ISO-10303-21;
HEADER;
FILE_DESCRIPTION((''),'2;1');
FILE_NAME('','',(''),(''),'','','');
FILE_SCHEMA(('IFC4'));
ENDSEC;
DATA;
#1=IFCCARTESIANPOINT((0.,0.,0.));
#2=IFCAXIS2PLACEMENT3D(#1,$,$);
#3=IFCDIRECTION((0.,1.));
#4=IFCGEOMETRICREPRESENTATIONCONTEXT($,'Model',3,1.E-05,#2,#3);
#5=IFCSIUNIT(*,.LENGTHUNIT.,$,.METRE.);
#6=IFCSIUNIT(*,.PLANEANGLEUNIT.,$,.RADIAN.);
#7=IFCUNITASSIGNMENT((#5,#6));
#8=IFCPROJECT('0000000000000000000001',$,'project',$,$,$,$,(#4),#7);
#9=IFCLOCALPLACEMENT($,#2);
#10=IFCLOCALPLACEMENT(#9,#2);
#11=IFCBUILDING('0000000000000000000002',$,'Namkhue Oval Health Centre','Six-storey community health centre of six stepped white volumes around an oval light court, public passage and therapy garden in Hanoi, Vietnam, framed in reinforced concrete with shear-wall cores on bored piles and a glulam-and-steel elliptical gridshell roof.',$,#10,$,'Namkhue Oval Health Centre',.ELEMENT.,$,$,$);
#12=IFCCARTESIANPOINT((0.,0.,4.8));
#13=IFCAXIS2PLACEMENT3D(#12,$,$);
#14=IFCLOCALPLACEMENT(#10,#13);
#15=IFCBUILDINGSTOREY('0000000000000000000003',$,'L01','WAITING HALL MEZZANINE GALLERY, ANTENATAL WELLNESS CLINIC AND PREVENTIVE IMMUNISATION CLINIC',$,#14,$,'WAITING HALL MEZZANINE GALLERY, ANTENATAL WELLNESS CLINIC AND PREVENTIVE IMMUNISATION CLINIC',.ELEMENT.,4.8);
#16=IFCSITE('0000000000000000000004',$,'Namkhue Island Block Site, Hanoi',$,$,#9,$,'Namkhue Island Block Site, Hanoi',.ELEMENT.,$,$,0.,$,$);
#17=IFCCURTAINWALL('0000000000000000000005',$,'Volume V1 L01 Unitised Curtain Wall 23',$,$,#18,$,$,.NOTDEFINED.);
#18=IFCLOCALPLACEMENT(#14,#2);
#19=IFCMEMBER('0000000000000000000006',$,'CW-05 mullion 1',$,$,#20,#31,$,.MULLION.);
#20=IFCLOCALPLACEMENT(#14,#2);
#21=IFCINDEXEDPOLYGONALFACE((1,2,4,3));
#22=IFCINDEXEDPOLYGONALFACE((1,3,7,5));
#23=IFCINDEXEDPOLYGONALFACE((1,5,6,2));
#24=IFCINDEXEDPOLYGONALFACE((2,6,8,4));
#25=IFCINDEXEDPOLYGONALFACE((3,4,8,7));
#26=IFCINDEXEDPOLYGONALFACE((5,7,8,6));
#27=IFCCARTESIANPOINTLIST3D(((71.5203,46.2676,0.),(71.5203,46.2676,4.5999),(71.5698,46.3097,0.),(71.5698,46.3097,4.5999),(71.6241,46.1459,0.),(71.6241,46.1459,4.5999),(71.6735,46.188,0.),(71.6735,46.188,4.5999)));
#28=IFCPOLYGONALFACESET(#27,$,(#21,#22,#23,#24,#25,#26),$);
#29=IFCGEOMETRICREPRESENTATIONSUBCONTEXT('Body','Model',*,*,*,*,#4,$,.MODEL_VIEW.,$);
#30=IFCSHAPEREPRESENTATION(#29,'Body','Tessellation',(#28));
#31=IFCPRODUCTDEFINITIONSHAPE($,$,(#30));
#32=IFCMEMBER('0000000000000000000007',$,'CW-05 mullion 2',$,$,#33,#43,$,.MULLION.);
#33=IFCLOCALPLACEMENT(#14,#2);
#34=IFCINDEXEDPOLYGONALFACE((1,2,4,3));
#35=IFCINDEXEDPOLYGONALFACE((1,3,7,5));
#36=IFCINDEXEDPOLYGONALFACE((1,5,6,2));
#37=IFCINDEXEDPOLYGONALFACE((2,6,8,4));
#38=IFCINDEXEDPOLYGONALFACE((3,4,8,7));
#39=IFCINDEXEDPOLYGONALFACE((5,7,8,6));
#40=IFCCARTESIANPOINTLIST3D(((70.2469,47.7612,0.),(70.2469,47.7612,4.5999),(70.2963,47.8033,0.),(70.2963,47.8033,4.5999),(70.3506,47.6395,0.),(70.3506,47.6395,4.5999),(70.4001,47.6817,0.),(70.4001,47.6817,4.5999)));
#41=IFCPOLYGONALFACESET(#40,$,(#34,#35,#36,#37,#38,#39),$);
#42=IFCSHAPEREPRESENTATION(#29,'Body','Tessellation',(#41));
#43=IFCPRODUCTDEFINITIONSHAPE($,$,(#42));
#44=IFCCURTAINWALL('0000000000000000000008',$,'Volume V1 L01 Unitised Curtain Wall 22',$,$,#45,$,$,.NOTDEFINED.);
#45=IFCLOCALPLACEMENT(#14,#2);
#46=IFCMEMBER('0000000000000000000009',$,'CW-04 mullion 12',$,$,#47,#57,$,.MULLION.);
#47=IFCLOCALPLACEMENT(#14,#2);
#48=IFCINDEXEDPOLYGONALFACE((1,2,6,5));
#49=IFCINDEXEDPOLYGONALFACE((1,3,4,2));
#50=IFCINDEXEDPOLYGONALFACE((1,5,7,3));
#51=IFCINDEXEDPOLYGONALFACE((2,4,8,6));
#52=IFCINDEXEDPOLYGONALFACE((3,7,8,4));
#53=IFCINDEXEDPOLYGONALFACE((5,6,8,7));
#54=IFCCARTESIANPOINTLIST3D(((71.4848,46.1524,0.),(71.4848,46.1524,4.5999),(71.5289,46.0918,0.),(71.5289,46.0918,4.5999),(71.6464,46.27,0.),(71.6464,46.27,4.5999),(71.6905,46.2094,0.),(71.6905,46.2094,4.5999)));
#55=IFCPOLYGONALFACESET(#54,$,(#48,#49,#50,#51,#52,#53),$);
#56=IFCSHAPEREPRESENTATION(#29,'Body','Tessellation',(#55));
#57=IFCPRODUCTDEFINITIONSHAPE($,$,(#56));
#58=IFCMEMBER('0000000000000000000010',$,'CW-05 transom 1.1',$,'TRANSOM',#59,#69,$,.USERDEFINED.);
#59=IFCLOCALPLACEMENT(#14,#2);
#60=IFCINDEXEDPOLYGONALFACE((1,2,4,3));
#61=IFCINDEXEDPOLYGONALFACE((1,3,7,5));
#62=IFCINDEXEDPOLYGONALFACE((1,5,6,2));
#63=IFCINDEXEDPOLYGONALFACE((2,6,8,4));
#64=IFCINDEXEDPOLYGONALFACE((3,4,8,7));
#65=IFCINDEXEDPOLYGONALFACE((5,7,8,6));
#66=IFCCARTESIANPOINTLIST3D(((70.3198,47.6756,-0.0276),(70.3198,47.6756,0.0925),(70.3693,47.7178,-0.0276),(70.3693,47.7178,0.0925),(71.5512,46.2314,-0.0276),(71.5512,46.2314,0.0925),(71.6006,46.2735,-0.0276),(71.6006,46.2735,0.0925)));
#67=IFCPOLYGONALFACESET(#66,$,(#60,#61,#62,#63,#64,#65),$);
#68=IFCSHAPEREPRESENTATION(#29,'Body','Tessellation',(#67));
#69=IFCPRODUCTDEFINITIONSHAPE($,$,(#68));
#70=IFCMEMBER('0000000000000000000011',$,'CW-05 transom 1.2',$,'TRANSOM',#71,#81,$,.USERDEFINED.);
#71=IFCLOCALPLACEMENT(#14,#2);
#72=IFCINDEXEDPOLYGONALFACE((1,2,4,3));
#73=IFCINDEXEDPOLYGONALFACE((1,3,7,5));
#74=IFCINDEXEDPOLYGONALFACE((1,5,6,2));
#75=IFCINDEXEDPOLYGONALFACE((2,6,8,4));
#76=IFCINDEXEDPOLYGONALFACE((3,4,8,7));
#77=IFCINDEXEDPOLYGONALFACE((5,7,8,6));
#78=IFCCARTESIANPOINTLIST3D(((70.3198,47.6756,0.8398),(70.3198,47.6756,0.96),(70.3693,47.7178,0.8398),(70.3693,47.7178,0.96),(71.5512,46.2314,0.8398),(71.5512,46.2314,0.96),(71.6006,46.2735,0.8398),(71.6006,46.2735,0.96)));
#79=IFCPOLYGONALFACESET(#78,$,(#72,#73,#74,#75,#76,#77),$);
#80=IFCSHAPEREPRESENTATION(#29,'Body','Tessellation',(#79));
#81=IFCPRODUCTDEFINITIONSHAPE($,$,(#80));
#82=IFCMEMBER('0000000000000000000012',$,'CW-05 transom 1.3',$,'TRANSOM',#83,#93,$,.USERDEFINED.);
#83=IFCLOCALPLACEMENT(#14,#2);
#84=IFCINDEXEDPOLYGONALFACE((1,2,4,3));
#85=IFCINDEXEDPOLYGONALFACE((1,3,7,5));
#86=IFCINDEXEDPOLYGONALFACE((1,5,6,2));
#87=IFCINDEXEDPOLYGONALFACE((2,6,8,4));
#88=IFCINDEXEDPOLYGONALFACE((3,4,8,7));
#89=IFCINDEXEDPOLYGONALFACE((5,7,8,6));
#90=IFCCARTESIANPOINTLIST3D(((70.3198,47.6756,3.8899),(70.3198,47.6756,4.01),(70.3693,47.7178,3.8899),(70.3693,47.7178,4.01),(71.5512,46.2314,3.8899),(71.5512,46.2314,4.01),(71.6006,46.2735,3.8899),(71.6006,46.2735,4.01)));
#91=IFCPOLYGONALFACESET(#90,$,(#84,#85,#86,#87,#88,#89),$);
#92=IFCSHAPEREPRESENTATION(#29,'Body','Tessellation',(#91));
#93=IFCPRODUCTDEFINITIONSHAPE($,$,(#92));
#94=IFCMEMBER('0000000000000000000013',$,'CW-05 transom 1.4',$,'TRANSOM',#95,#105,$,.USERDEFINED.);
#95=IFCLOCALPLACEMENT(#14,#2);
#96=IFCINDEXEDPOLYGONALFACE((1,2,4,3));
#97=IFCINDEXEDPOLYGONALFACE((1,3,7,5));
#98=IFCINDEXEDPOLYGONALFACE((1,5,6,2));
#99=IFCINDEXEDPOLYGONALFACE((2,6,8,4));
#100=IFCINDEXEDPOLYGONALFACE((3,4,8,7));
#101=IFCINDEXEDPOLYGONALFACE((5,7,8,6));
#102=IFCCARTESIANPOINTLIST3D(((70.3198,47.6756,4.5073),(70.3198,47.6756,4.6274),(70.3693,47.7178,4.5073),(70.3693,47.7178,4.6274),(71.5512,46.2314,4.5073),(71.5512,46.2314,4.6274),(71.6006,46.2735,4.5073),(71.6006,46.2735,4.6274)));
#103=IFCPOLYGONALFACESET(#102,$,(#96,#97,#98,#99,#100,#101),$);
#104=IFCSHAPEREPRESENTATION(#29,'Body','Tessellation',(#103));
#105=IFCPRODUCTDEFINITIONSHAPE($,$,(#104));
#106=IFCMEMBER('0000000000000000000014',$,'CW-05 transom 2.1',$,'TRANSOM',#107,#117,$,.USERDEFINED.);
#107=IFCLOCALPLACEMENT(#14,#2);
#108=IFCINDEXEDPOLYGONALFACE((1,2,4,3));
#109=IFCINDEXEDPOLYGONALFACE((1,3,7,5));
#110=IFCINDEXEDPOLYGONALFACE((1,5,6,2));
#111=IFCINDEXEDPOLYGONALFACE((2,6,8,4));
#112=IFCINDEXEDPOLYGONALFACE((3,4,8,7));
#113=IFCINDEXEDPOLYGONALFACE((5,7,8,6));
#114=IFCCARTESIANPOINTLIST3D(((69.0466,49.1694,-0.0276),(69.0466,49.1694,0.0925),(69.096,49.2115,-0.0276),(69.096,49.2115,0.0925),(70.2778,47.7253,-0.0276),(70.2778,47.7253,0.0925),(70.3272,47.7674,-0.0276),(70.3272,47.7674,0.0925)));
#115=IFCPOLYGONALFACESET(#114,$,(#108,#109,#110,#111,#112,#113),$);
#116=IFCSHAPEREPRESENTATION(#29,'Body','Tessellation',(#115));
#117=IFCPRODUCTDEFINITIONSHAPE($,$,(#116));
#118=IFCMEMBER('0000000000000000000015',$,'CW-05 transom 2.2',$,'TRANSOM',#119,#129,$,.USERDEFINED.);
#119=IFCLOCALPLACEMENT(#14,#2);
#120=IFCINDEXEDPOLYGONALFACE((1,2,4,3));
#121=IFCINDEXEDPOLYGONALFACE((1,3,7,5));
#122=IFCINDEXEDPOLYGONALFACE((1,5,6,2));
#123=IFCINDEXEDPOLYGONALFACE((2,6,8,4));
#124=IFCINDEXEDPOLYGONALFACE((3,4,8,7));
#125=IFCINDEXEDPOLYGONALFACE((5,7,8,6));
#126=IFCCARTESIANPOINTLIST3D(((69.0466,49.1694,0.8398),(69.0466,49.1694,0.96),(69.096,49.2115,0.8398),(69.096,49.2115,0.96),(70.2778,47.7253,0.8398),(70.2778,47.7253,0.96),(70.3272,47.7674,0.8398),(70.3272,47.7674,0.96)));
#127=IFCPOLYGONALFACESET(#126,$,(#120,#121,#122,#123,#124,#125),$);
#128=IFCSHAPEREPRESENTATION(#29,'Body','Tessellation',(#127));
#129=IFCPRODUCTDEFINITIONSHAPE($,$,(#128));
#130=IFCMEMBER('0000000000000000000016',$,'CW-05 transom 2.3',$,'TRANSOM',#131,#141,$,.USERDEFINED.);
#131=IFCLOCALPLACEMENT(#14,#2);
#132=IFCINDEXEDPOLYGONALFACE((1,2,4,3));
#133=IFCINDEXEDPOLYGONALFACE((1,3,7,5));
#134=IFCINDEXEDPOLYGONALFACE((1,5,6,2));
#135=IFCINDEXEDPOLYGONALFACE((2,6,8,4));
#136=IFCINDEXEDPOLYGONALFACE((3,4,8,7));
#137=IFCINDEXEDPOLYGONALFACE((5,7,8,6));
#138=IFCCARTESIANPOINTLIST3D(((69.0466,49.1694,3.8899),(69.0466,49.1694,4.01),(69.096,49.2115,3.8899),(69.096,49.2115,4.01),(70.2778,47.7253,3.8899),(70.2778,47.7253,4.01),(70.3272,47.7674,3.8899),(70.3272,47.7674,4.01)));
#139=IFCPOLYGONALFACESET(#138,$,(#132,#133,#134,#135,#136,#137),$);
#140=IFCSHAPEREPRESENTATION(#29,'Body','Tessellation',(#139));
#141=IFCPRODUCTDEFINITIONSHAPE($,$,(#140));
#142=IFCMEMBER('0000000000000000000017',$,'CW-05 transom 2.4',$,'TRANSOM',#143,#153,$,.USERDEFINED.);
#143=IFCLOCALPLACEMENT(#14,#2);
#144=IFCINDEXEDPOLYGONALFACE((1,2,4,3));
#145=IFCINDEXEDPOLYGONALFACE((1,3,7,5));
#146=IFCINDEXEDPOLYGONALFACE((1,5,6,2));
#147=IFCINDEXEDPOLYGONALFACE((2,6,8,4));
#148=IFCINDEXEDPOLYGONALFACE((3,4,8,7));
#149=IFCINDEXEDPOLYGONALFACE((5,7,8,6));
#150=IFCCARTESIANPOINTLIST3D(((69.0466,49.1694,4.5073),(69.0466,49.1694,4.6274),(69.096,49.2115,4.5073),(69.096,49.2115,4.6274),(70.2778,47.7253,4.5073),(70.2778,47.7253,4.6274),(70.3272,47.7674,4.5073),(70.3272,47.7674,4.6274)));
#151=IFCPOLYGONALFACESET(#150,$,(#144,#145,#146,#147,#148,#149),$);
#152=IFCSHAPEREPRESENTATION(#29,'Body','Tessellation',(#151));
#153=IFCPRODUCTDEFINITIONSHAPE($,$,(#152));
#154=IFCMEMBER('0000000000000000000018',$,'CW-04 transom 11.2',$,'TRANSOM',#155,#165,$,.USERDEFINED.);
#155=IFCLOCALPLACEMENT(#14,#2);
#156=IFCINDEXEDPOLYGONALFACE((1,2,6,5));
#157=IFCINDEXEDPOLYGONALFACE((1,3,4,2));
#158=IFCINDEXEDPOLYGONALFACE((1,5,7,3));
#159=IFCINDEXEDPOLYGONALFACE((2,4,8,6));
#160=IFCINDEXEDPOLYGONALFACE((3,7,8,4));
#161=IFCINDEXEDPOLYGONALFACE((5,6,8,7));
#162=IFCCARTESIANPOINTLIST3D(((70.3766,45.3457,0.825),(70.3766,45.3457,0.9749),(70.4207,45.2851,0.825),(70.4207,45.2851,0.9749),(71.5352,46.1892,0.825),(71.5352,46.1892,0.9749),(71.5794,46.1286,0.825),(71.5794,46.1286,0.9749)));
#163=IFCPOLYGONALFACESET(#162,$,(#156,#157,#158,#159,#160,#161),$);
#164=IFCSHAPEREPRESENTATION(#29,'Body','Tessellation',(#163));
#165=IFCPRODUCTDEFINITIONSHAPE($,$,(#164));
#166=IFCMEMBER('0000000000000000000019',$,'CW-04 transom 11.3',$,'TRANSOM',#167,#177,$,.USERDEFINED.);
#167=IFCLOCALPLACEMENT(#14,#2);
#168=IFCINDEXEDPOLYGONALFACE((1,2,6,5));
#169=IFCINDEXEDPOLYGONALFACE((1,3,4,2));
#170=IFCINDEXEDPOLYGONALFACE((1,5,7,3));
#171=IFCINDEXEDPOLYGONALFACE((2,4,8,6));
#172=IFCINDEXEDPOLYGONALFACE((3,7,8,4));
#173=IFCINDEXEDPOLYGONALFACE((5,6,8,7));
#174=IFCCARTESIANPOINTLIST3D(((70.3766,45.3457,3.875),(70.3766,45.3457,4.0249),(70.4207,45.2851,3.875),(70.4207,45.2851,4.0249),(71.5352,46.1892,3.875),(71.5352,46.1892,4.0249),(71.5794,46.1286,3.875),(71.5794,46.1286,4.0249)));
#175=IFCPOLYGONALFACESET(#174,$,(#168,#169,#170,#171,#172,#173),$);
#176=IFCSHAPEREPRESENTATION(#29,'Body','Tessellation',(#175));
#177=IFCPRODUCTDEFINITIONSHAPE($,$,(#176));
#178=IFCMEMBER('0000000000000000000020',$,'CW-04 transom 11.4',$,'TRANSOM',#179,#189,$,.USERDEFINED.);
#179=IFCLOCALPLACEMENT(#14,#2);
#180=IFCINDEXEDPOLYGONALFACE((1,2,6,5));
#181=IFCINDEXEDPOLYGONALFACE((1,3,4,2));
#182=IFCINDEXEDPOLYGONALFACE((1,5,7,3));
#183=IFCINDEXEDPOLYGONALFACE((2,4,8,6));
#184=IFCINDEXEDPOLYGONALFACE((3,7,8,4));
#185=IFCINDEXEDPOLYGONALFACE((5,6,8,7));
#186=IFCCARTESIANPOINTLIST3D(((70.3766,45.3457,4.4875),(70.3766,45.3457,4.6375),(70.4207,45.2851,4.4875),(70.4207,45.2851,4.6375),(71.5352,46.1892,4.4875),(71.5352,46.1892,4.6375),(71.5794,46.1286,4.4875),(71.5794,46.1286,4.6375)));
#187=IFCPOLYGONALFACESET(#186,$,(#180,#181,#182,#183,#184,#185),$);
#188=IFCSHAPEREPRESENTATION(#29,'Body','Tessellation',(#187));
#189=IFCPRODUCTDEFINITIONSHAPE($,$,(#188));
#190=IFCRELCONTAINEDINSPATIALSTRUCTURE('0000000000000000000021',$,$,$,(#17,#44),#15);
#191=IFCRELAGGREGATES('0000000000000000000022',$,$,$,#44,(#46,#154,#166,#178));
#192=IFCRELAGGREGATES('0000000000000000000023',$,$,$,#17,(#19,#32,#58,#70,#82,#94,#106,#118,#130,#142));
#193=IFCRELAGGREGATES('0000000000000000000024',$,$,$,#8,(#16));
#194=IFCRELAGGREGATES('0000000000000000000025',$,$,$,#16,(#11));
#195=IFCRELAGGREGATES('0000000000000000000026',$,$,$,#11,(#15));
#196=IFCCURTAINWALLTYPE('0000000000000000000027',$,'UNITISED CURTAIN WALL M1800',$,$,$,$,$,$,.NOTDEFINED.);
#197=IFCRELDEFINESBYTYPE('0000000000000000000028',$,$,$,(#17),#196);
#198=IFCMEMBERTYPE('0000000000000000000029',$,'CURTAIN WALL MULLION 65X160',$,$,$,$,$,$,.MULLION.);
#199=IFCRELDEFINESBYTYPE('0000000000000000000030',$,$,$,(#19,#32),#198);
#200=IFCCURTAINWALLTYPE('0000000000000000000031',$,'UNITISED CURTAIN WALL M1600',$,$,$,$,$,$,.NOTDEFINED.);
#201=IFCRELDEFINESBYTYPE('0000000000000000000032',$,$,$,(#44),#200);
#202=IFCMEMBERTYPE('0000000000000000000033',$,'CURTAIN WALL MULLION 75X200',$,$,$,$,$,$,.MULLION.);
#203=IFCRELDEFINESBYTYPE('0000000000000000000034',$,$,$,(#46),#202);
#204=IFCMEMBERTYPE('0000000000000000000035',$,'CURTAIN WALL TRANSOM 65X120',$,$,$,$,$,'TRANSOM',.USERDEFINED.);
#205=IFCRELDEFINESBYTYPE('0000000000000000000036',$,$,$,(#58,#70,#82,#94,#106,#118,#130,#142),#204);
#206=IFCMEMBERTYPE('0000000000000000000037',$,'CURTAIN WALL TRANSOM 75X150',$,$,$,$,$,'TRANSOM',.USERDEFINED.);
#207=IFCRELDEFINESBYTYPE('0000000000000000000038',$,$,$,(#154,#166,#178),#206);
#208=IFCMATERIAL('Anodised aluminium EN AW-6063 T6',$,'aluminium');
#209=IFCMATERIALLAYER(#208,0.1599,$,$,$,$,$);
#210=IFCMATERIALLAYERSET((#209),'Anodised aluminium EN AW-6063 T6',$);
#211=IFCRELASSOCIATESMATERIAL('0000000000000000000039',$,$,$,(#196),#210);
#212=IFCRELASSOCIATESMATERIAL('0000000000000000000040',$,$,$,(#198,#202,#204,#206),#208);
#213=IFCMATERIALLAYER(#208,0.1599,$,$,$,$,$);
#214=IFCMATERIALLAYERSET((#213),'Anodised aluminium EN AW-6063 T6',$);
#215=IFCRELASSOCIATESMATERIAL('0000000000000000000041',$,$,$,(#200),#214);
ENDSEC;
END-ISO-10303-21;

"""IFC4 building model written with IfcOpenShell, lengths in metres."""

from ifc_helpers import new_model, si_unit, direction, frame, origin, origin_2d, place, context, subcontext, project, spatial, rectangle, extrude, material, layer, layer_set, material_profile, profile_set, type_object, element, aggregate, save


model = new_model("IFC4")

# Units and contexts
model_context = context("Model", 3, precision=1e-05, world=origin(), true_north=direction((0.0, 1.0)))
body_context = subcontext(model_context, "Body", "Model", "MODEL_VIEW")
ifc_project = project(units=[si_unit("LENGTHUNIT", "METRE"), si_unit("PLANEANGLEUNIT", "RADIAN")], contexts=[model_context])

# Site, building, storey
site_placement = place(None, origin())
site = spatial("IfcSite", under=ifc_project, at=site_placement, Name="Namkhue Island Block Site, Hanoi", LongName="Namkhue Island Block Site, Hanoi", CompositionType="ELEMENT", RefElevation=0.0)
building_placement = place(site_placement, origin())
building = spatial("IfcBuilding", under=site, at=building_placement, Name="Namkhue Oval Health Centre", Description="Six-storey community health centre of six stepped white volumes around an oval light court, public passage and therapy garden in Hanoi, Vietnam, framed in reinforced concrete with shear-wall cores on bored piles and a glulam-and-steel elliptical gridshell roof.", LongName="Namkhue Oval Health Centre", CompositionType="ELEMENT")
storey_placement = place(building_placement, frame((0.0, 0.0, 4.8)))
storey = spatial("IfcBuildingStorey", under=building, at=storey_placement, Name="L01", Description="WAITING HALL MEZZANINE GALLERY, ANTENATAL WELLNESS CLINIC AND PREVENTIVE IMMUNISATION CLINIC", LongName="WAITING HALL MEZZANINE GALLERY, ANTENATAL WELLNESS CLINIC AND PREVENTIVE IMMUNISATION CLINIC", CompositionType="ELEMENT", Elevation=4.8)

# Curtain wall, members
ifc_material_1 = material(Name="Anodised aluminium EN AW-6063 T6", Category="aluminium")
ifc_layer_1 = layer(ifc_material_1, 0.1599)
ifc_layer_set_1 = layer_set([ifc_layer_1], Name="Anodised aluminium EN AW-6063 T6")
curtain_wall_type_1 = type_object("IfcCurtainWallType", Name="UNITISED CURTAIN WALL M1800", PredefinedType="NOTDEFINED", material=ifc_layer_set_1)
curtain_wall_1_placement = place(storey_placement, origin())
curtain_wall_1 = element("IfcCurtainWall", 1, at=curtain_wall_1_placement, inside=storey, type_object=curtain_wall_type_1, Name="Volume V1 L01 Unitised Curtain Wall 23", PredefinedType="NOTDEFINED")
ifc_material_profile_1 = material_profile(ifc_material_1, rectangle(XDim=0.0649, YDim=0.1599, at=origin_2d()), Name="ALU 65x160")
ifc_profile_set_1 = profile_set([ifc_material_profile_1], Name="Anodised aluminium EN AW-6063 T6")
member_type_1 = type_object("IfcMemberType", Name="CURTAIN WALL MULLION 65X160", PredefinedType="MULLION", material=ifc_profile_set_1)
member_1_placement = place(storey_placement, frame((71.5969, 46.2278, 0.0), z_axis=(0.0, 0.0, 1.0), x_axis=(-0.761005, -0.648746, 0.0)))
member_1 = element("IfcMember", 2, at=member_1_placement, type_object=member_type_1, Name="CW-05 mullion 1", PredefinedType="MULLION", context=body_context, shape_type="SweptSolid", body=[
    extrude(rectangle(XDim=0.0649, YDim=0.1599, at=origin_2d()), origin(), (0.0, 0.0, 1.0), 4.5999),
])
member_2_placement = place(storey_placement, frame((70.3235, 47.7214, 0.0), z_axis=(0.0, 0.0, 1.0), x_axis=(-0.761005, -0.648746, 0.0)))
member_2 = element("IfcMember", 3, at=member_2_placement, type_object=member_type_1, Name="CW-05 mullion 2", PredefinedType="MULLION", context=body_context, shape_type="SweptSolid", body=[
    extrude(rectangle(XDim=0.0649, YDim=0.1599, at=origin_2d()), origin(), (0.0, 0.0, 1.0), 4.5999),
])

# Curtain wall, member
ifc_layer_2 = layer(ifc_material_1, 0.1599)
ifc_layer_set_2 = layer_set([ifc_layer_2], Name="Anodised aluminium EN AW-6063 T6")
curtain_wall_type_2 = type_object("IfcCurtainWallType", Name="UNITISED CURTAIN WALL M1600", PredefinedType="NOTDEFINED", material=ifc_layer_set_2)
curtain_wall_2_placement = place(storey_placement, origin())
curtain_wall_2 = element("IfcCurtainWall", 4, at=curtain_wall_2_placement, inside=storey, type_object=curtain_wall_type_2, Name="Volume V1 L01 Unitised Curtain Wall 22", PredefinedType="NOTDEFINED")
ifc_material_profile_2 = material_profile(ifc_material_1, rectangle(XDim=0.075, YDim=0.2, at=origin_2d()), Name="ALU 75x200")
ifc_profile_set_2 = profile_set([ifc_material_profile_2], Name="Anodised aluminium EN AW-6063 T6")
member_type_2 = type_object("IfcMemberType", Name="CURTAIN WALL MULLION 75X200", PredefinedType="MULLION", material=ifc_profile_set_2)
member_3_placement = place(storey_placement, frame((71.5876, 46.1809, 0.0), z_axis=(0.0, 0.0, 1.0), x_axis=(-0.588477, 0.808514, 0.0)))
member_3 = element("IfcMember", 5, at=member_3_placement, type_object=member_type_2, Name="CW-04 mullion 12", PredefinedType="MULLION", context=body_context, shape_type="SweptSolid", body=[
    extrude(rectangle(XDim=0.075, YDim=0.2, at=origin_2d()), origin(), (0.0, 0.0, 1.0), 4.5999),
])

# Members
ifc_material_profile_3 = material_profile(ifc_material_1, rectangle(XDim=0.0649, YDim=0.1201, at=origin_2d()), Name="ALU 65x120")
ifc_profile_set_3 = profile_set([ifc_material_profile_3], Name="Anodised aluminium EN AW-6063 T6")
member_type_3 = type_object("IfcMemberType", Name="CURTAIN WALL TRANSOM 65X120", ElementType="TRANSOM", PredefinedType="USERDEFINED", material=ifc_profile_set_3)
member_4_placement = place(storey_placement, frame((71.5759, 46.2524, 0.0325), z_axis=(-0.648798, 0.760961, 0.0), x_axis=(-0.760961, -0.648798, 0.0)))
member_4 = element("IfcMember", 6, at=member_4_placement, type_object=member_type_3, Name="CW-05 transom 1.1", ObjectType="TRANSOM", PredefinedType="USERDEFINED", context=body_context, shape_type="SweptSolid", body=[
    extrude(rectangle(XDim=0.0649, YDim=0.1201, at=origin_2d()), origin(), (0.0, 0.0, 1.0), 1.8979),
])
member_5_placement = place(storey_placement, frame((71.5759, 46.2524, 0.8999), z_axis=(-0.648798, 0.760961, 0.0), x_axis=(-0.760961, -0.648798, 0.0)))
member_5 = element("IfcMember", 7, at=member_5_placement, type_object=member_type_3, Name="CW-05 transom 1.2", ObjectType="TRANSOM", PredefinedType="USERDEFINED", context=body_context, shape_type="SweptSolid", body=[
    extrude(rectangle(XDim=0.0649, YDim=0.1201, at=origin_2d()), origin(), (0.0, 0.0, 1.0), 1.8979),
])
member_6_placement = place(storey_placement, frame((71.5759, 46.2524, 3.95), z_axis=(-0.648798, 0.760961, 0.0), x_axis=(-0.760961, -0.648798, 0.0)))
member_6 = element("IfcMember", 8, at=member_6_placement, type_object=member_type_3, Name="CW-05 transom 1.3", ObjectType="TRANSOM", PredefinedType="USERDEFINED", context=body_context, shape_type="SweptSolid", body=[
    extrude(rectangle(XDim=0.0649, YDim=0.1201, at=origin_2d()), origin(), (0.0, 0.0, 1.0), 1.8979),
])
member_7_placement = place(storey_placement, frame((71.5759, 46.2524, 4.5674), z_axis=(-0.648798, 0.760961, 0.0), x_axis=(-0.760961, -0.648798, 0.0)))
member_7 = element("IfcMember", 9, at=member_7_placement, type_object=member_type_3, Name="CW-05 transom 1.4", ObjectType="TRANSOM", PredefinedType="USERDEFINED", context=body_context, shape_type="SweptSolid", body=[
    extrude(rectangle(XDim=0.0649, YDim=0.1201, at=origin_2d()), origin(), (0.0, 0.0, 1.0), 1.8979),
])
member_8_placement = place(storey_placement, frame((70.3025, 47.7463, 0.0325), z_axis=(-0.648787, 0.76097, 0.0), x_axis=(-0.76097, -0.648787, 0.0)))
member_8 = element("IfcMember", 10, at=member_8_placement, type_object=member_type_3, Name="CW-05 transom 2.1", ObjectType="TRANSOM", PredefinedType="USERDEFINED", context=body_context, shape_type="SweptSolid", body=[
    extrude(rectangle(XDim=0.0649, YDim=0.1201, at=origin_2d()), origin(), (0.0, 0.0, 1.0), 1.8977),
])
member_9_placement = place(storey_placement, frame((70.3025, 47.7463, 0.8999), z_axis=(-0.648787, 0.76097, 0.0), x_axis=(-0.76097, -0.648787, 0.0)))
member_9 = element("IfcMember", 11, at=member_9_placement, type_object=member_type_3, Name="CW-05 transom 2.2", ObjectType="TRANSOM", PredefinedType="USERDEFINED", context=body_context, shape_type="SweptSolid", body=[
    extrude(rectangle(XDim=0.0649, YDim=0.1201, at=origin_2d()), origin(), (0.0, 0.0, 1.0), 1.8977),
])
member_10_placement = place(storey_placement, frame((70.3025, 47.7463, 3.95), z_axis=(-0.648787, 0.76097, 0.0), x_axis=(-0.76097, -0.648787, 0.0)))
member_10 = element("IfcMember", 12, at=member_10_placement, type_object=member_type_3, Name="CW-05 transom 2.3", ObjectType="TRANSOM", PredefinedType="USERDEFINED", context=body_context, shape_type="SweptSolid", body=[
    extrude(rectangle(XDim=0.0649, YDim=0.1201, at=origin_2d()), origin(), (0.0, 0.0, 1.0), 1.8977),
])
member_11_placement = place(storey_placement, frame((70.3025, 47.7463, 4.5674), z_axis=(-0.648787, 0.76097, 0.0), x_axis=(-0.76097, -0.648787, 0.0)))
member_11 = element("IfcMember", 13, at=member_11_placement, type_object=member_type_3, Name="CW-05 transom 2.4", ObjectType="TRANSOM", PredefinedType="USERDEFINED", context=body_context, shape_type="SweptSolid", body=[
    extrude(rectangle(XDim=0.0649, YDim=0.1201, at=origin_2d()), origin(), (0.0, 0.0, 1.0), 1.8977),
])
ifc_material_profile_4 = material_profile(ifc_material_1, rectangle(XDim=0.075, YDim=0.1499, at=origin_2d()), Name="ALU 75x150")
ifc_profile_set_4 = profile_set([ifc_material_profile_4], Name="Anodised aluminium EN AW-6063 T6")
member_type_4 = type_object("IfcMemberType", Name="CURTAIN WALL TRANSOM 75X150", ElementType="TRANSOM", PredefinedType="USERDEFINED", material=ifc_profile_set_4)
member_12_placement = place(storey_placement, frame((70.3987, 45.3154, 0.8999), z_axis=(0.808463, 0.588546, 0.0), x_axis=(-0.588546, 0.808463, 0.0)))
member_12 = element("IfcMember", 14, at=member_12_placement, type_object=member_type_4, Name="CW-04 transom 11.2", ObjectType="TRANSOM", PredefinedType="USERDEFINED", context=body_context, shape_type="SweptSolid", body=[
    extrude(rectangle(XDim=0.075, YDim=0.1499, at=origin_2d()), origin(), (0.0, 0.0, 1.0), 1.4331),
])
member_13_placement = place(storey_placement, frame((70.3987, 45.3154, 3.95), z_axis=(0.808463, 0.588546, 0.0), x_axis=(-0.588546, 0.808463, 0.0)))
member_13 = element("IfcMember", 15, at=member_13_placement, type_object=member_type_4, Name="CW-04 transom 11.3", ObjectType="TRANSOM", PredefinedType="USERDEFINED", context=body_context, shape_type="SweptSolid", body=[
    extrude(rectangle(XDim=0.075, YDim=0.1499, at=origin_2d()), origin(), (0.0, 0.0, 1.0), 1.4331),
])
member_14_placement = place(storey_placement, frame((70.3987, 45.3154, 4.5625), z_axis=(0.808463, 0.588546, 0.0), x_axis=(-0.588546, 0.808463, 0.0)))
member_14 = element("IfcMember", 16, at=member_14_placement, type_object=member_type_4, Name="CW-04 transom 11.4", ObjectType="TRANSOM", PredefinedType="USERDEFINED", context=body_context, shape_type="SweptSolid", body=[
    extrude(rectangle(XDim=0.075, YDim=0.1499, at=origin_2d()), origin(), (0.0, 0.0, 1.0), 1.4331),
])

aggregate(curtain_wall_2, [member_3, member_12, member_13, member_14])
aggregate(curtain_wall_1, [member_1, member_2, member_4, member_5, member_6, member_7, member_8, member_9, member_10, member_11])

save(model, "model.ifc")
